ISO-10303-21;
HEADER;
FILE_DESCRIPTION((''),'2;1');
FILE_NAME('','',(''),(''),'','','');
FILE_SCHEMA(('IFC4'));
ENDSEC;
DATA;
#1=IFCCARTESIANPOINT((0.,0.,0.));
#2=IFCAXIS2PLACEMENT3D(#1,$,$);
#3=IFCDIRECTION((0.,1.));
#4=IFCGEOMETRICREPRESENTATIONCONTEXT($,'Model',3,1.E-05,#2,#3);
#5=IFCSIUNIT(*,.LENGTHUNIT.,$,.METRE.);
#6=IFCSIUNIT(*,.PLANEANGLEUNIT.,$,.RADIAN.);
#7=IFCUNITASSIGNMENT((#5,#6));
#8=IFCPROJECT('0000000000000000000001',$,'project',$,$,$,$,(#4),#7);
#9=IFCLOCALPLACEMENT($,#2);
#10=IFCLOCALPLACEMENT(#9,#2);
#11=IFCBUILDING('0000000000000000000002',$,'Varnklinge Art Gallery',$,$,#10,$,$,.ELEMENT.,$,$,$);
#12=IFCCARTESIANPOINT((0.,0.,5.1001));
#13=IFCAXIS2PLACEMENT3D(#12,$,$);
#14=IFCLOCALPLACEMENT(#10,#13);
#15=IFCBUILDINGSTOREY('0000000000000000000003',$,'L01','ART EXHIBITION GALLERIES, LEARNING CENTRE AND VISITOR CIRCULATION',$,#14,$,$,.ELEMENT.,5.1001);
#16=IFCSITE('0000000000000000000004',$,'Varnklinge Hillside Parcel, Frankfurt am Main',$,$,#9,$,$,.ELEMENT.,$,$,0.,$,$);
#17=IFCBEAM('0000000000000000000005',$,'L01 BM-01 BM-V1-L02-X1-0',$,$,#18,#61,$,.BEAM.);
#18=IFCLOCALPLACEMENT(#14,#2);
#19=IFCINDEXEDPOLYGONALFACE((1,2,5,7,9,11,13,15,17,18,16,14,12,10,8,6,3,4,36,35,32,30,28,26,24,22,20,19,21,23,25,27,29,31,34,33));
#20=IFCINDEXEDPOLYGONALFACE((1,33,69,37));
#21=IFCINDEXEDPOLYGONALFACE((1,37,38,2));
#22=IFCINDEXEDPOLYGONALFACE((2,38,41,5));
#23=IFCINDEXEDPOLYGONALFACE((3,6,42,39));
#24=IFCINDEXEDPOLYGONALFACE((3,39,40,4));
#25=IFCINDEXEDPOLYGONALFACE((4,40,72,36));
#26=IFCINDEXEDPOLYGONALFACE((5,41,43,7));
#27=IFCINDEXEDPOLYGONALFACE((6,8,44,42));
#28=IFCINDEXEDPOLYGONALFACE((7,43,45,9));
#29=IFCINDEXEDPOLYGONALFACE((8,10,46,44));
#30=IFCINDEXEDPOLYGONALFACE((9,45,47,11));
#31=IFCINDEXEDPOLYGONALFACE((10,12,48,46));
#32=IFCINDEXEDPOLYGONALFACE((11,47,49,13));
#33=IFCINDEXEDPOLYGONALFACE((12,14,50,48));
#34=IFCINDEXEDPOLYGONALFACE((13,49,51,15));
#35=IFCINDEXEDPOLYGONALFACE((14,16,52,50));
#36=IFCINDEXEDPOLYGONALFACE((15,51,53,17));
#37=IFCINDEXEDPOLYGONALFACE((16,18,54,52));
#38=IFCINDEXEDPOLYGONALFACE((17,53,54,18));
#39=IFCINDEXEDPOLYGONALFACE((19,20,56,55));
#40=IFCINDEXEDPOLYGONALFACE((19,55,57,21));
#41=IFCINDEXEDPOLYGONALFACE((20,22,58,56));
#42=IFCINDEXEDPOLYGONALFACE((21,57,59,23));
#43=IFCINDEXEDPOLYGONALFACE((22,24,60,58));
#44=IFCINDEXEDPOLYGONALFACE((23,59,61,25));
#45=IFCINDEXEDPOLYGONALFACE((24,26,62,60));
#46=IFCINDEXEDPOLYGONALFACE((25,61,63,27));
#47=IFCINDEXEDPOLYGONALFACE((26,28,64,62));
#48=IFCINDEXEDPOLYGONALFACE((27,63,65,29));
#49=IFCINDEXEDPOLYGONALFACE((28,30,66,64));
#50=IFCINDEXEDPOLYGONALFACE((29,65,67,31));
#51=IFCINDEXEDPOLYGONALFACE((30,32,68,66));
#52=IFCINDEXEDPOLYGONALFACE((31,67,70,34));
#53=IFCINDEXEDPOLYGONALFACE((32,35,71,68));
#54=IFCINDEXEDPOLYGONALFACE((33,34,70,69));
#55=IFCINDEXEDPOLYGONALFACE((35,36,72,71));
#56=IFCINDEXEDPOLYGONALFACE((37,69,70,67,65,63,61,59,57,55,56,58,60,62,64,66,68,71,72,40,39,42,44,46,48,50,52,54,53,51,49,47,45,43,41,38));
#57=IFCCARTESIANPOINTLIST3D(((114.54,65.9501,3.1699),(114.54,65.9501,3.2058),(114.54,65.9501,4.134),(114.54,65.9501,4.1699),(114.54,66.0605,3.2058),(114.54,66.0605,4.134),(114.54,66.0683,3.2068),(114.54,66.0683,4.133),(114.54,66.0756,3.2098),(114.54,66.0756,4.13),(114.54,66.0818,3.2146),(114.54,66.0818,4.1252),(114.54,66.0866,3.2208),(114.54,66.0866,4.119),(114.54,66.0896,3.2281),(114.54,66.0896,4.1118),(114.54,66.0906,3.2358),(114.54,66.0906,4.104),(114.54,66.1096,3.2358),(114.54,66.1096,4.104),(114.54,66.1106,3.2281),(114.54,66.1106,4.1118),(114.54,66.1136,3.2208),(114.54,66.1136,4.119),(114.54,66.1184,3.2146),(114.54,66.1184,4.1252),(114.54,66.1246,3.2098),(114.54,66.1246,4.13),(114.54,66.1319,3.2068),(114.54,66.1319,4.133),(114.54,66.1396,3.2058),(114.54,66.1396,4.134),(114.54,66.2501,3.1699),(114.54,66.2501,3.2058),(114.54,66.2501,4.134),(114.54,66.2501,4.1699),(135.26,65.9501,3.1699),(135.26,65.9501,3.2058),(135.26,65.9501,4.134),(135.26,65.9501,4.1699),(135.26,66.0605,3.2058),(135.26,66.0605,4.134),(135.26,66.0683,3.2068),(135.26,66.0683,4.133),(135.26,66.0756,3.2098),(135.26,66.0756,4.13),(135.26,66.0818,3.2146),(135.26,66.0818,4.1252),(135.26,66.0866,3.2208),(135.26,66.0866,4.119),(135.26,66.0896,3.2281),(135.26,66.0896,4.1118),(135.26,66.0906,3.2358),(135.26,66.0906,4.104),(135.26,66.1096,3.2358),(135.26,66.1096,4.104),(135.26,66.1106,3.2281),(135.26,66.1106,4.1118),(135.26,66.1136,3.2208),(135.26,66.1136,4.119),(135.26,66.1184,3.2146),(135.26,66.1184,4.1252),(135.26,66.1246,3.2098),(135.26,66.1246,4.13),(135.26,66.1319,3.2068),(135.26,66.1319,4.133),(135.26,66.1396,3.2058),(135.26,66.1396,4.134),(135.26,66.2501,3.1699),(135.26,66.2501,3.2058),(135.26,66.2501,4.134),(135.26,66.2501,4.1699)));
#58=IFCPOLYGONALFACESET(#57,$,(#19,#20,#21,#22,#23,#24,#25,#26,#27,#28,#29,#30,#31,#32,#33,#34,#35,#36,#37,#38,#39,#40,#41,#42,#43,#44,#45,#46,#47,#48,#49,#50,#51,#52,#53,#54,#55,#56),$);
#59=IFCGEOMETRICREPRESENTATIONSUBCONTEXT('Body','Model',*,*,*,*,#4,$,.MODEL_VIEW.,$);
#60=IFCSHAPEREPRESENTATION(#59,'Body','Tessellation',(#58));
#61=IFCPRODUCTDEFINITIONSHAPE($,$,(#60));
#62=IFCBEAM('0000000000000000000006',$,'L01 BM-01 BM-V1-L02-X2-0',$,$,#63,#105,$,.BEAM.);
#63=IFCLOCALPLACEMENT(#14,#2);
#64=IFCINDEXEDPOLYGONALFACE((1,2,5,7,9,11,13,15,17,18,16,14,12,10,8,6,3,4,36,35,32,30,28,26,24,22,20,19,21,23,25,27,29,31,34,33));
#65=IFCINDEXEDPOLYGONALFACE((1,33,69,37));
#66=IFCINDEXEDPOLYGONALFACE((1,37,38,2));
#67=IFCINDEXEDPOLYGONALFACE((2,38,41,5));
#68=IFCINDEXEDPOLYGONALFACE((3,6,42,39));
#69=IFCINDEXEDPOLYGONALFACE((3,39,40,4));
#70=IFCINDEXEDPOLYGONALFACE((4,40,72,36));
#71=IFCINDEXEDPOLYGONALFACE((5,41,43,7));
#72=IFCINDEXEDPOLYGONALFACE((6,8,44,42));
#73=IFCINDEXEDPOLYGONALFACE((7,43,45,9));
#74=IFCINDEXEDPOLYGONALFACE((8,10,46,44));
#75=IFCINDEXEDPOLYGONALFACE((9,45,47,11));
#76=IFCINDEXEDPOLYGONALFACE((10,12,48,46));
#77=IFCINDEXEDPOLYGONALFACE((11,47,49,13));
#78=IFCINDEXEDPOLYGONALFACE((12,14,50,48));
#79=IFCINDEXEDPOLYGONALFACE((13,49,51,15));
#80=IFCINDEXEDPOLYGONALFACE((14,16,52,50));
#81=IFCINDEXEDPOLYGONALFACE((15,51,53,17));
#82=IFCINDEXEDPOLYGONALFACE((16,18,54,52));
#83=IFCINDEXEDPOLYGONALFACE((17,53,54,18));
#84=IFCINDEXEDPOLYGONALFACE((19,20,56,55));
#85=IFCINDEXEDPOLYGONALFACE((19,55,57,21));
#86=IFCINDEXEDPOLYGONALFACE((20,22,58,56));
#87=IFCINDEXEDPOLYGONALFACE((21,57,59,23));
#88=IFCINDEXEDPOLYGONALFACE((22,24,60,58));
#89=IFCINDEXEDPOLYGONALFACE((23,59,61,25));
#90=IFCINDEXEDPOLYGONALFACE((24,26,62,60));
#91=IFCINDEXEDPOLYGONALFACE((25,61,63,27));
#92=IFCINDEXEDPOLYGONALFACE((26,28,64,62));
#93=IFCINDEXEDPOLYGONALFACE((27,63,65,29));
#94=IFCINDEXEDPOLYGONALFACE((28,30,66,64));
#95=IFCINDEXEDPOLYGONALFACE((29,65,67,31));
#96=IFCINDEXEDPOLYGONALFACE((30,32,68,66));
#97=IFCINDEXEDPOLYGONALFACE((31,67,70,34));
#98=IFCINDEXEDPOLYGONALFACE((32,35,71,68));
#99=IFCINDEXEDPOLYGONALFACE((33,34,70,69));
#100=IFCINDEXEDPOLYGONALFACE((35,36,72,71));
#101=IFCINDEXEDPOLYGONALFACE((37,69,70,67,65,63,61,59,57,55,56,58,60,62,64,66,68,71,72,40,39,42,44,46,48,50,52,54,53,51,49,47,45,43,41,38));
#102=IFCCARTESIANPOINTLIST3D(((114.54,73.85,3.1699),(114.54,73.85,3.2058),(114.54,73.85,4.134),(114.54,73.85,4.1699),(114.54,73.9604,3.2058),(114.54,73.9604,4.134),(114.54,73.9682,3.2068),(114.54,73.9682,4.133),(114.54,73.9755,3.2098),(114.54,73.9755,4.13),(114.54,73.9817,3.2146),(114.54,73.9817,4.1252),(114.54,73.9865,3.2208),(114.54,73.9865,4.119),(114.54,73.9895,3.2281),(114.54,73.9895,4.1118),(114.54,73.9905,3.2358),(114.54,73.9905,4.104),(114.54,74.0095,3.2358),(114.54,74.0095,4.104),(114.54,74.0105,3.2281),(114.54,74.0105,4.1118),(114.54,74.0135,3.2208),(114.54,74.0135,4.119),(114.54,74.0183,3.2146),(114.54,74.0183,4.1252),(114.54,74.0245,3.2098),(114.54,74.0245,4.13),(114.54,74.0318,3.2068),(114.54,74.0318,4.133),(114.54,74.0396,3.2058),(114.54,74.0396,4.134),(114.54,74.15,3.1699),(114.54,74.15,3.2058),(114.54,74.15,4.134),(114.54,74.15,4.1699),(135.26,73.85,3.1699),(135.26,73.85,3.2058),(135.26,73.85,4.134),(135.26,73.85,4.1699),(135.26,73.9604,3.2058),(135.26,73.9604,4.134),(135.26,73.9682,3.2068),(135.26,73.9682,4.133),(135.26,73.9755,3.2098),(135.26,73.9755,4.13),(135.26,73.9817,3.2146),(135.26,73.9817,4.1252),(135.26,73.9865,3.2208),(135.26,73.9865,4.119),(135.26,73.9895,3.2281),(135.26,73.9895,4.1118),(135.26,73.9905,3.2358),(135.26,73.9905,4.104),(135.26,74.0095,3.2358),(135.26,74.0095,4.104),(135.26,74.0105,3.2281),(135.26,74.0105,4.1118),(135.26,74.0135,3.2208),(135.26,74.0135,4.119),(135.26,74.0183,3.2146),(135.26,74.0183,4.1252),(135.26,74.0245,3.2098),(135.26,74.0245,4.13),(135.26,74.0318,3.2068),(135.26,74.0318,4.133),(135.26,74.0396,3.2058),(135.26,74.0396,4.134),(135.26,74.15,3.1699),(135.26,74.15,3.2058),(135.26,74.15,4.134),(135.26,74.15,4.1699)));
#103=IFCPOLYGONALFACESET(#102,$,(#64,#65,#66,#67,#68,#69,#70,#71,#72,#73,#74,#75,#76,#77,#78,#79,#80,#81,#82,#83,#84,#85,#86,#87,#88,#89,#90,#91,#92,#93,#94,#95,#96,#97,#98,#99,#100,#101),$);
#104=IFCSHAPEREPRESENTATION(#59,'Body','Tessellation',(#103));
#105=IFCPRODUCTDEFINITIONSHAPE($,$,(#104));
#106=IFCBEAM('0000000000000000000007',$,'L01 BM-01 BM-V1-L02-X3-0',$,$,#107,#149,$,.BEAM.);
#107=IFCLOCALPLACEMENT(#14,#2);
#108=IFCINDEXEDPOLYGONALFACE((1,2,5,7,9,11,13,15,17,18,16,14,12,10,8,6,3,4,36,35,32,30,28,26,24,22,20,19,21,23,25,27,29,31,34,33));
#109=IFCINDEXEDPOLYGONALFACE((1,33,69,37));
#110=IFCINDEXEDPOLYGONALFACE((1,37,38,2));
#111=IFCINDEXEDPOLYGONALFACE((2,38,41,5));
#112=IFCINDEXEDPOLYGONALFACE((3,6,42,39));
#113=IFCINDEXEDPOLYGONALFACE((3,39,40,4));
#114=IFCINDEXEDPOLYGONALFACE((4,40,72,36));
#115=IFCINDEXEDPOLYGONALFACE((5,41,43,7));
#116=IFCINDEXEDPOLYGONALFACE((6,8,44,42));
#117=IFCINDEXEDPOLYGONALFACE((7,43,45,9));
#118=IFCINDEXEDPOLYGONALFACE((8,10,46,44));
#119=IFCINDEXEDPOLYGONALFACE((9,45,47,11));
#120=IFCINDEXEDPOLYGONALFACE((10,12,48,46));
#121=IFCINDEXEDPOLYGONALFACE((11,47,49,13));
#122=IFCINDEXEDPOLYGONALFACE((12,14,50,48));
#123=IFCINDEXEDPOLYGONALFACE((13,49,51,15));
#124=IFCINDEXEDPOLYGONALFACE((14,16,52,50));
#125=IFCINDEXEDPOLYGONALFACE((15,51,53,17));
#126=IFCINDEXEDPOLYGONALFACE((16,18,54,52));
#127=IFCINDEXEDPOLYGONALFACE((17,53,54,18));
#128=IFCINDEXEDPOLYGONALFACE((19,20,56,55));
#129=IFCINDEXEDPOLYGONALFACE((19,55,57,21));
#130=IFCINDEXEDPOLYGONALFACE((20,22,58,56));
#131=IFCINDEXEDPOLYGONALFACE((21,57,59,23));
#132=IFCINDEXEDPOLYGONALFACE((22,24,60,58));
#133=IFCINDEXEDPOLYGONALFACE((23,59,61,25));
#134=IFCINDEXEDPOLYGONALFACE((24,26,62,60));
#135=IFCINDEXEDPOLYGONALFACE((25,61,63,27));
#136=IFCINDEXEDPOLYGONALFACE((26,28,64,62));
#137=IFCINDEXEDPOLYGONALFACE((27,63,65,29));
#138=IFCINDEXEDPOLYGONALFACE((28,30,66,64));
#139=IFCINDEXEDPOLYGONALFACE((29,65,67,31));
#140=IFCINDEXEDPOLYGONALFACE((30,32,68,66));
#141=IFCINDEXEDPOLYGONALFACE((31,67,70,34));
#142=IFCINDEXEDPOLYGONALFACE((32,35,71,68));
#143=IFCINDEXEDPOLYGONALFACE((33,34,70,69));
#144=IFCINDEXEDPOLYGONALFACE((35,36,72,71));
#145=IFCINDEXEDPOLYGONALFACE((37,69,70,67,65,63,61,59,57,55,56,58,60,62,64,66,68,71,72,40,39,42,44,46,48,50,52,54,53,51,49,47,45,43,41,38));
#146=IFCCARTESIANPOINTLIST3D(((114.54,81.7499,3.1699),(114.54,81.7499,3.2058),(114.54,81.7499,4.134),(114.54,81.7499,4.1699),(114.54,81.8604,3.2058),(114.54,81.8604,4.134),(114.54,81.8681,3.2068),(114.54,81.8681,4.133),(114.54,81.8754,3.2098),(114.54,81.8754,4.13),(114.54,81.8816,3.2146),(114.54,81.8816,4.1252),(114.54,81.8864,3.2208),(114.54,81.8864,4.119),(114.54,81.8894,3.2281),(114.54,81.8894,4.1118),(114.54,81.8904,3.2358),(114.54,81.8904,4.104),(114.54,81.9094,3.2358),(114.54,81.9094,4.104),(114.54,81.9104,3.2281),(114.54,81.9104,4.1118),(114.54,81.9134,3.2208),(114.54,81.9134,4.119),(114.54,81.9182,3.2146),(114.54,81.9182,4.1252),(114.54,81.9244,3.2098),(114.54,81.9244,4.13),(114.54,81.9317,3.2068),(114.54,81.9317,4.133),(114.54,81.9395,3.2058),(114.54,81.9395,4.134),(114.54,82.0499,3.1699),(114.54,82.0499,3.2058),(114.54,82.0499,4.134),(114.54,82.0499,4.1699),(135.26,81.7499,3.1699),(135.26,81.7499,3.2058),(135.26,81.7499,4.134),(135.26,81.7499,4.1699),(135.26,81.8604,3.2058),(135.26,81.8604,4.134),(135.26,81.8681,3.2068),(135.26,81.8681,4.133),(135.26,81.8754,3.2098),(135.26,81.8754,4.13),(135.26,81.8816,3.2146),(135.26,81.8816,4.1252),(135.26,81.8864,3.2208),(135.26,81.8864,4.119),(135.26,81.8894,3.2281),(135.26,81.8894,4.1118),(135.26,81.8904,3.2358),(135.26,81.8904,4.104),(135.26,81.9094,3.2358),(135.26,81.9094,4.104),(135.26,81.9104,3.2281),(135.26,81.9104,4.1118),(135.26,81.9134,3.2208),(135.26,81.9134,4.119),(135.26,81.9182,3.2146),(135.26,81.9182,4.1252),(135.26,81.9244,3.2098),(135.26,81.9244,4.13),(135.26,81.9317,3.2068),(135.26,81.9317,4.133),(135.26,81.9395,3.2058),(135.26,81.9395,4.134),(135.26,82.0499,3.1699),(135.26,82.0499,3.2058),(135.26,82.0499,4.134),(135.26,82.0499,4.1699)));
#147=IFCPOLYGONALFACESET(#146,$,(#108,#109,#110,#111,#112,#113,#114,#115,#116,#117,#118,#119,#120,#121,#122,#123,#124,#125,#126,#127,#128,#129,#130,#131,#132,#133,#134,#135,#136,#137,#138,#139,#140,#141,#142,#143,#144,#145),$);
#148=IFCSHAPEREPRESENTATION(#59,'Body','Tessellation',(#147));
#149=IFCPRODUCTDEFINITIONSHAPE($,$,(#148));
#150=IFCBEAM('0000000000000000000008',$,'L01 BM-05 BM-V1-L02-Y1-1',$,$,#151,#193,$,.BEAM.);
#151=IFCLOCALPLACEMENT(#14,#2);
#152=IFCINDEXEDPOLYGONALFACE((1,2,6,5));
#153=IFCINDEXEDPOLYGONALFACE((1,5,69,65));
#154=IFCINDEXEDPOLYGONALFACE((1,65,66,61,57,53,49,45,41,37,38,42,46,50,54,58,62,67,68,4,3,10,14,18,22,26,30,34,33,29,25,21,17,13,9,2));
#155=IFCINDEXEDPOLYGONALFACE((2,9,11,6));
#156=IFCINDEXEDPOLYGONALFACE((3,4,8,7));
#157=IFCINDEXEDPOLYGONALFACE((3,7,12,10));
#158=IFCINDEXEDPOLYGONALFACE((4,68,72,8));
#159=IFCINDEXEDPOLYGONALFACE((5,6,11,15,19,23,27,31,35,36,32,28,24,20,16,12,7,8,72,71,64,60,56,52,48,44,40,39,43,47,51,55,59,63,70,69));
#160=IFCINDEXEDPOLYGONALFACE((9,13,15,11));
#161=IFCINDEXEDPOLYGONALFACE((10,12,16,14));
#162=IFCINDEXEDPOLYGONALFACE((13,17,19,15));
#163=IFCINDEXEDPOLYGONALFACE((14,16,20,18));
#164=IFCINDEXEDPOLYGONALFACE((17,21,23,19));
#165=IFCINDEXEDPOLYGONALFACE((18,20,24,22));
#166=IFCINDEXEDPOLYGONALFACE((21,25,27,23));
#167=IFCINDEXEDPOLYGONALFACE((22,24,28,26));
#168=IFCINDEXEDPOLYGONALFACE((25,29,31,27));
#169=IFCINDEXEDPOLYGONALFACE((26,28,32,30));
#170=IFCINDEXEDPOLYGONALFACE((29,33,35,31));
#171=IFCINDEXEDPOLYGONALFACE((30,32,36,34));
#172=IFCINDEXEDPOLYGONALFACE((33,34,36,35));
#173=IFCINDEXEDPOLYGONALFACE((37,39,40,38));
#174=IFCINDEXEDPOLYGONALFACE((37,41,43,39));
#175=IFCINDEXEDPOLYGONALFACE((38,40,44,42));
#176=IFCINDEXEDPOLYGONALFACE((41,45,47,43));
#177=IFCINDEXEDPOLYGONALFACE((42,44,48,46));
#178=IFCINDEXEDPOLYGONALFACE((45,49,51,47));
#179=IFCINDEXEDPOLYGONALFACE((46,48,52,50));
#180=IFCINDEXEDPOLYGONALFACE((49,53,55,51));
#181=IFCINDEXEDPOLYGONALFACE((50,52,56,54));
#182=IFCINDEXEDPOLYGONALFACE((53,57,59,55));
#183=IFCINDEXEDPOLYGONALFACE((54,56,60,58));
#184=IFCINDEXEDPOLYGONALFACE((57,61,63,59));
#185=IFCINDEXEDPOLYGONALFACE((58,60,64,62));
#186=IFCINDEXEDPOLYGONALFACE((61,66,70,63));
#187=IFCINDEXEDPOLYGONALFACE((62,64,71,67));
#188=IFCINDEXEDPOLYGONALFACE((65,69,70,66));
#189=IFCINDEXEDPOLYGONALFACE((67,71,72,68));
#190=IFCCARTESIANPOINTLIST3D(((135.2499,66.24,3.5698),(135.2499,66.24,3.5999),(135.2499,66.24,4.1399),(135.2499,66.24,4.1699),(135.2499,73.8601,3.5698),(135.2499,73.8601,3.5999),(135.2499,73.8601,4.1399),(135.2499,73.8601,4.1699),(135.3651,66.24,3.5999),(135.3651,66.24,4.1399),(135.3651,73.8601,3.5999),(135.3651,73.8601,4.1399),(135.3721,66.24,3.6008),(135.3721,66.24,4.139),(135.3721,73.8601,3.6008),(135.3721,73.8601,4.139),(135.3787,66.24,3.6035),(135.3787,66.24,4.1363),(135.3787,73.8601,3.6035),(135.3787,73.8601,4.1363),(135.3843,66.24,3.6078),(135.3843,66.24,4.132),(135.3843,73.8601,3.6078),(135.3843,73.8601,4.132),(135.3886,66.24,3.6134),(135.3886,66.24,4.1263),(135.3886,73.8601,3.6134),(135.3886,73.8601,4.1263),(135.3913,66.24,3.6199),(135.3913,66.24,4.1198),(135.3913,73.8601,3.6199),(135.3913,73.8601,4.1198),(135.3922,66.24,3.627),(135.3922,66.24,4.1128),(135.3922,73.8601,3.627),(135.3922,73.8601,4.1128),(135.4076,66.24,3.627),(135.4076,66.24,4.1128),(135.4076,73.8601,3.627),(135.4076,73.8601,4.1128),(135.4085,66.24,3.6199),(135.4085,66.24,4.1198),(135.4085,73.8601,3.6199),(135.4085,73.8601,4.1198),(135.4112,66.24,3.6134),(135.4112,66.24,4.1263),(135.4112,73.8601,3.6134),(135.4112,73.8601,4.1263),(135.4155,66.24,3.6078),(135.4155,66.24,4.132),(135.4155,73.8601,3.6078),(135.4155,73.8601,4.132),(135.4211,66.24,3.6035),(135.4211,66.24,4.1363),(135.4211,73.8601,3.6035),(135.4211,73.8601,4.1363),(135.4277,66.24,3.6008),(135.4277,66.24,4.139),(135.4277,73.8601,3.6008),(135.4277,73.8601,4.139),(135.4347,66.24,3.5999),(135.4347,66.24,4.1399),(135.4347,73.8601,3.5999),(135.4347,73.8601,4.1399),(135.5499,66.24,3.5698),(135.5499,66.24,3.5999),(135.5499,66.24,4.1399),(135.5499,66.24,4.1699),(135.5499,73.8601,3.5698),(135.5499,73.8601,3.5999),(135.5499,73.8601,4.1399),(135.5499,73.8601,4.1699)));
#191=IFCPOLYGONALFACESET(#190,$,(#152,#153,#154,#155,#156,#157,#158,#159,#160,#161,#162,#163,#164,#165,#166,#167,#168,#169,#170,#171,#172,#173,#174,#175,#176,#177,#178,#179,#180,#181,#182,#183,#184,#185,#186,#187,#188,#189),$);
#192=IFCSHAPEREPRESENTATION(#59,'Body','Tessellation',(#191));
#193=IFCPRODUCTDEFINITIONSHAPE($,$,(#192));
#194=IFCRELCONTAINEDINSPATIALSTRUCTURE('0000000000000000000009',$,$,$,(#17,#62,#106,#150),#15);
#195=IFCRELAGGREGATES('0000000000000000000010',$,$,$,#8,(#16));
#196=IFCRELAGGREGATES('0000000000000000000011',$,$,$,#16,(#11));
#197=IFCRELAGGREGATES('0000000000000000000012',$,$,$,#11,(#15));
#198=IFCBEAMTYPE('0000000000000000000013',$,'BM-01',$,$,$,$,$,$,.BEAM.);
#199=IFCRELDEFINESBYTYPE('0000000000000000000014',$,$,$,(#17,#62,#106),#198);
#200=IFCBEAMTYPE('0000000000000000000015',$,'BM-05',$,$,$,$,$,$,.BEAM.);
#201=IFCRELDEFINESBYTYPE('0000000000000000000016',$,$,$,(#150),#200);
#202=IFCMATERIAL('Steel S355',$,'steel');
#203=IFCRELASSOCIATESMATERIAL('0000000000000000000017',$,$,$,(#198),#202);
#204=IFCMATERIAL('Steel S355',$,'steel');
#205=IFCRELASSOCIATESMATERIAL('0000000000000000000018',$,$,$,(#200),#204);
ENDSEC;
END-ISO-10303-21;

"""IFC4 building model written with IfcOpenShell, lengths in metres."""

from ifc_helpers import new_model, si_unit, direction, frame, origin, origin_2d, place, context, subcontext, project, spatial, i_section, extrude, material, material_profile, profile_set, type_object, element, save


model = new_model("IFC4")

# Units and contexts
model_context = context("Model", 3, precision=1e-05, world=origin(), true_north=direction((0.0, 1.0)))
body_context = subcontext(model_context, "Body", "Model", "MODEL_VIEW")
ifc_project = project(units=[si_unit("LENGTHUNIT", "METRE"), si_unit("PLANEANGLEUNIT", "RADIAN")], contexts=[model_context])

# Site, building, storey
site_placement = place(None, origin())
site = spatial("IfcSite", under=ifc_project, at=site_placement, Name="Varnklinge Hillside Parcel, Frankfurt am Main", CompositionType="ELEMENT", RefElevation=0.0)
building_placement = place(site_placement, origin())
building = spatial("IfcBuilding", under=site, at=building_placement, Name="Varnklinge Art Gallery", CompositionType="ELEMENT")
storey_placement = place(building_placement, frame((0.0, 0.0, 5.1001)))
storey = spatial("IfcBuildingStorey", under=building, at=storey_placement, Name="L01", Description="ART EXHIBITION GALLERIES, LEARNING CENTRE AND VISITOR CIRCULATION", CompositionType="ELEMENT", Elevation=5.1001)

# Beams
ifc_material_1 = material(Name="Steel S355", Category="steel")
ifc_material_profile_1 = material_profile(ifc_material_1, i_section(OverallWidth=0.3, OverallDepth=1.0, WebThickness=0.019, FlangeThickness=0.0359, FilletRadius=0.03, at=origin_2d()), Name="HEB 1000")
ifc_profile_set_1 = profile_set([ifc_material_profile_1], Name="Steel S355")
beam_type_1 = type_object("IfcBeamType", Name="BM-01", PredefinedType="BEAM", material=ifc_profile_set_1)
for number, where, z_axis, x_axis, name in (
    (1, (114.54, 66.1001, 3.6699), (1.0, 0.0, 0.0), (0.0, 1.0, 0.0), "L01 BM-01 BM-V1-L02-X1-0"),
    (2, (114.54, 74.0, 3.6699), (1.0, 0.0, 0.0), (0.0, 1.0, 0.0), "L01 BM-01 BM-V1-L02-X2-0"),
    (3, (114.54, 81.8999, 3.6699), (1.0, 0.0, 0.0), (0.0, 1.0, 0.0), "L01 BM-01 BM-V1-L02-X3-0"),
):
    element("IfcBeam", number, at=place(storey_placement, frame(where, z_axis=z_axis, x_axis=x_axis)), inside=storey, type_object=beam_type_1, Name=name, PredefinedType="BEAM", context=body_context, shape_type="SweptSolid", body=[
        extrude(i_section(OverallWidth=0.3, OverallDepth=1.0, WebThickness=0.019, FlangeThickness=0.0359, FilletRadius=0.03, at=origin_2d()), origin(), (0.0, 0.0, 1.0), 20.72),
    ])
ifc_material_2 = material(Name="Steel S355", Category="steel")
ifc_material_profile_2 = material_profile(ifc_material_2, i_section(OverallWidth=0.3, OverallDepth=0.6001, WebThickness=0.0154, FlangeThickness=0.03, FilletRadius=0.0271, at=origin_2d()), Name="HEB 600")
ifc_profile_set_2 = profile_set([ifc_material_profile_2], Name="Steel S355")
beam_type_2 = type_object("IfcBeamType", Name="BM-05", PredefinedType="BEAM", material=ifc_profile_set_2)
beam_1_placement = place(storey_placement, frame((135.3999, 66.24, 3.8699), z_axis=(0.0, 1.0, 0.0), x_axis=(-1.0, 0.0, 0.0)))
element("IfcBeam", 4, at=beam_1_placement, inside=storey, type_object=beam_type_2, Name="L01 BM-05 BM-V1-L02-Y1-1", PredefinedType="BEAM", context=body_context, shape_type="SweptSolid", body=[
    extrude(i_section(OverallWidth=0.3, OverallDepth=0.6001, WebThickness=0.0154, FlangeThickness=0.03, FilletRadius=0.0271, at=origin_2d()), origin(), (0.0, 0.0, 1.0), 7.6201),
])

save(model, "model.ifc")
